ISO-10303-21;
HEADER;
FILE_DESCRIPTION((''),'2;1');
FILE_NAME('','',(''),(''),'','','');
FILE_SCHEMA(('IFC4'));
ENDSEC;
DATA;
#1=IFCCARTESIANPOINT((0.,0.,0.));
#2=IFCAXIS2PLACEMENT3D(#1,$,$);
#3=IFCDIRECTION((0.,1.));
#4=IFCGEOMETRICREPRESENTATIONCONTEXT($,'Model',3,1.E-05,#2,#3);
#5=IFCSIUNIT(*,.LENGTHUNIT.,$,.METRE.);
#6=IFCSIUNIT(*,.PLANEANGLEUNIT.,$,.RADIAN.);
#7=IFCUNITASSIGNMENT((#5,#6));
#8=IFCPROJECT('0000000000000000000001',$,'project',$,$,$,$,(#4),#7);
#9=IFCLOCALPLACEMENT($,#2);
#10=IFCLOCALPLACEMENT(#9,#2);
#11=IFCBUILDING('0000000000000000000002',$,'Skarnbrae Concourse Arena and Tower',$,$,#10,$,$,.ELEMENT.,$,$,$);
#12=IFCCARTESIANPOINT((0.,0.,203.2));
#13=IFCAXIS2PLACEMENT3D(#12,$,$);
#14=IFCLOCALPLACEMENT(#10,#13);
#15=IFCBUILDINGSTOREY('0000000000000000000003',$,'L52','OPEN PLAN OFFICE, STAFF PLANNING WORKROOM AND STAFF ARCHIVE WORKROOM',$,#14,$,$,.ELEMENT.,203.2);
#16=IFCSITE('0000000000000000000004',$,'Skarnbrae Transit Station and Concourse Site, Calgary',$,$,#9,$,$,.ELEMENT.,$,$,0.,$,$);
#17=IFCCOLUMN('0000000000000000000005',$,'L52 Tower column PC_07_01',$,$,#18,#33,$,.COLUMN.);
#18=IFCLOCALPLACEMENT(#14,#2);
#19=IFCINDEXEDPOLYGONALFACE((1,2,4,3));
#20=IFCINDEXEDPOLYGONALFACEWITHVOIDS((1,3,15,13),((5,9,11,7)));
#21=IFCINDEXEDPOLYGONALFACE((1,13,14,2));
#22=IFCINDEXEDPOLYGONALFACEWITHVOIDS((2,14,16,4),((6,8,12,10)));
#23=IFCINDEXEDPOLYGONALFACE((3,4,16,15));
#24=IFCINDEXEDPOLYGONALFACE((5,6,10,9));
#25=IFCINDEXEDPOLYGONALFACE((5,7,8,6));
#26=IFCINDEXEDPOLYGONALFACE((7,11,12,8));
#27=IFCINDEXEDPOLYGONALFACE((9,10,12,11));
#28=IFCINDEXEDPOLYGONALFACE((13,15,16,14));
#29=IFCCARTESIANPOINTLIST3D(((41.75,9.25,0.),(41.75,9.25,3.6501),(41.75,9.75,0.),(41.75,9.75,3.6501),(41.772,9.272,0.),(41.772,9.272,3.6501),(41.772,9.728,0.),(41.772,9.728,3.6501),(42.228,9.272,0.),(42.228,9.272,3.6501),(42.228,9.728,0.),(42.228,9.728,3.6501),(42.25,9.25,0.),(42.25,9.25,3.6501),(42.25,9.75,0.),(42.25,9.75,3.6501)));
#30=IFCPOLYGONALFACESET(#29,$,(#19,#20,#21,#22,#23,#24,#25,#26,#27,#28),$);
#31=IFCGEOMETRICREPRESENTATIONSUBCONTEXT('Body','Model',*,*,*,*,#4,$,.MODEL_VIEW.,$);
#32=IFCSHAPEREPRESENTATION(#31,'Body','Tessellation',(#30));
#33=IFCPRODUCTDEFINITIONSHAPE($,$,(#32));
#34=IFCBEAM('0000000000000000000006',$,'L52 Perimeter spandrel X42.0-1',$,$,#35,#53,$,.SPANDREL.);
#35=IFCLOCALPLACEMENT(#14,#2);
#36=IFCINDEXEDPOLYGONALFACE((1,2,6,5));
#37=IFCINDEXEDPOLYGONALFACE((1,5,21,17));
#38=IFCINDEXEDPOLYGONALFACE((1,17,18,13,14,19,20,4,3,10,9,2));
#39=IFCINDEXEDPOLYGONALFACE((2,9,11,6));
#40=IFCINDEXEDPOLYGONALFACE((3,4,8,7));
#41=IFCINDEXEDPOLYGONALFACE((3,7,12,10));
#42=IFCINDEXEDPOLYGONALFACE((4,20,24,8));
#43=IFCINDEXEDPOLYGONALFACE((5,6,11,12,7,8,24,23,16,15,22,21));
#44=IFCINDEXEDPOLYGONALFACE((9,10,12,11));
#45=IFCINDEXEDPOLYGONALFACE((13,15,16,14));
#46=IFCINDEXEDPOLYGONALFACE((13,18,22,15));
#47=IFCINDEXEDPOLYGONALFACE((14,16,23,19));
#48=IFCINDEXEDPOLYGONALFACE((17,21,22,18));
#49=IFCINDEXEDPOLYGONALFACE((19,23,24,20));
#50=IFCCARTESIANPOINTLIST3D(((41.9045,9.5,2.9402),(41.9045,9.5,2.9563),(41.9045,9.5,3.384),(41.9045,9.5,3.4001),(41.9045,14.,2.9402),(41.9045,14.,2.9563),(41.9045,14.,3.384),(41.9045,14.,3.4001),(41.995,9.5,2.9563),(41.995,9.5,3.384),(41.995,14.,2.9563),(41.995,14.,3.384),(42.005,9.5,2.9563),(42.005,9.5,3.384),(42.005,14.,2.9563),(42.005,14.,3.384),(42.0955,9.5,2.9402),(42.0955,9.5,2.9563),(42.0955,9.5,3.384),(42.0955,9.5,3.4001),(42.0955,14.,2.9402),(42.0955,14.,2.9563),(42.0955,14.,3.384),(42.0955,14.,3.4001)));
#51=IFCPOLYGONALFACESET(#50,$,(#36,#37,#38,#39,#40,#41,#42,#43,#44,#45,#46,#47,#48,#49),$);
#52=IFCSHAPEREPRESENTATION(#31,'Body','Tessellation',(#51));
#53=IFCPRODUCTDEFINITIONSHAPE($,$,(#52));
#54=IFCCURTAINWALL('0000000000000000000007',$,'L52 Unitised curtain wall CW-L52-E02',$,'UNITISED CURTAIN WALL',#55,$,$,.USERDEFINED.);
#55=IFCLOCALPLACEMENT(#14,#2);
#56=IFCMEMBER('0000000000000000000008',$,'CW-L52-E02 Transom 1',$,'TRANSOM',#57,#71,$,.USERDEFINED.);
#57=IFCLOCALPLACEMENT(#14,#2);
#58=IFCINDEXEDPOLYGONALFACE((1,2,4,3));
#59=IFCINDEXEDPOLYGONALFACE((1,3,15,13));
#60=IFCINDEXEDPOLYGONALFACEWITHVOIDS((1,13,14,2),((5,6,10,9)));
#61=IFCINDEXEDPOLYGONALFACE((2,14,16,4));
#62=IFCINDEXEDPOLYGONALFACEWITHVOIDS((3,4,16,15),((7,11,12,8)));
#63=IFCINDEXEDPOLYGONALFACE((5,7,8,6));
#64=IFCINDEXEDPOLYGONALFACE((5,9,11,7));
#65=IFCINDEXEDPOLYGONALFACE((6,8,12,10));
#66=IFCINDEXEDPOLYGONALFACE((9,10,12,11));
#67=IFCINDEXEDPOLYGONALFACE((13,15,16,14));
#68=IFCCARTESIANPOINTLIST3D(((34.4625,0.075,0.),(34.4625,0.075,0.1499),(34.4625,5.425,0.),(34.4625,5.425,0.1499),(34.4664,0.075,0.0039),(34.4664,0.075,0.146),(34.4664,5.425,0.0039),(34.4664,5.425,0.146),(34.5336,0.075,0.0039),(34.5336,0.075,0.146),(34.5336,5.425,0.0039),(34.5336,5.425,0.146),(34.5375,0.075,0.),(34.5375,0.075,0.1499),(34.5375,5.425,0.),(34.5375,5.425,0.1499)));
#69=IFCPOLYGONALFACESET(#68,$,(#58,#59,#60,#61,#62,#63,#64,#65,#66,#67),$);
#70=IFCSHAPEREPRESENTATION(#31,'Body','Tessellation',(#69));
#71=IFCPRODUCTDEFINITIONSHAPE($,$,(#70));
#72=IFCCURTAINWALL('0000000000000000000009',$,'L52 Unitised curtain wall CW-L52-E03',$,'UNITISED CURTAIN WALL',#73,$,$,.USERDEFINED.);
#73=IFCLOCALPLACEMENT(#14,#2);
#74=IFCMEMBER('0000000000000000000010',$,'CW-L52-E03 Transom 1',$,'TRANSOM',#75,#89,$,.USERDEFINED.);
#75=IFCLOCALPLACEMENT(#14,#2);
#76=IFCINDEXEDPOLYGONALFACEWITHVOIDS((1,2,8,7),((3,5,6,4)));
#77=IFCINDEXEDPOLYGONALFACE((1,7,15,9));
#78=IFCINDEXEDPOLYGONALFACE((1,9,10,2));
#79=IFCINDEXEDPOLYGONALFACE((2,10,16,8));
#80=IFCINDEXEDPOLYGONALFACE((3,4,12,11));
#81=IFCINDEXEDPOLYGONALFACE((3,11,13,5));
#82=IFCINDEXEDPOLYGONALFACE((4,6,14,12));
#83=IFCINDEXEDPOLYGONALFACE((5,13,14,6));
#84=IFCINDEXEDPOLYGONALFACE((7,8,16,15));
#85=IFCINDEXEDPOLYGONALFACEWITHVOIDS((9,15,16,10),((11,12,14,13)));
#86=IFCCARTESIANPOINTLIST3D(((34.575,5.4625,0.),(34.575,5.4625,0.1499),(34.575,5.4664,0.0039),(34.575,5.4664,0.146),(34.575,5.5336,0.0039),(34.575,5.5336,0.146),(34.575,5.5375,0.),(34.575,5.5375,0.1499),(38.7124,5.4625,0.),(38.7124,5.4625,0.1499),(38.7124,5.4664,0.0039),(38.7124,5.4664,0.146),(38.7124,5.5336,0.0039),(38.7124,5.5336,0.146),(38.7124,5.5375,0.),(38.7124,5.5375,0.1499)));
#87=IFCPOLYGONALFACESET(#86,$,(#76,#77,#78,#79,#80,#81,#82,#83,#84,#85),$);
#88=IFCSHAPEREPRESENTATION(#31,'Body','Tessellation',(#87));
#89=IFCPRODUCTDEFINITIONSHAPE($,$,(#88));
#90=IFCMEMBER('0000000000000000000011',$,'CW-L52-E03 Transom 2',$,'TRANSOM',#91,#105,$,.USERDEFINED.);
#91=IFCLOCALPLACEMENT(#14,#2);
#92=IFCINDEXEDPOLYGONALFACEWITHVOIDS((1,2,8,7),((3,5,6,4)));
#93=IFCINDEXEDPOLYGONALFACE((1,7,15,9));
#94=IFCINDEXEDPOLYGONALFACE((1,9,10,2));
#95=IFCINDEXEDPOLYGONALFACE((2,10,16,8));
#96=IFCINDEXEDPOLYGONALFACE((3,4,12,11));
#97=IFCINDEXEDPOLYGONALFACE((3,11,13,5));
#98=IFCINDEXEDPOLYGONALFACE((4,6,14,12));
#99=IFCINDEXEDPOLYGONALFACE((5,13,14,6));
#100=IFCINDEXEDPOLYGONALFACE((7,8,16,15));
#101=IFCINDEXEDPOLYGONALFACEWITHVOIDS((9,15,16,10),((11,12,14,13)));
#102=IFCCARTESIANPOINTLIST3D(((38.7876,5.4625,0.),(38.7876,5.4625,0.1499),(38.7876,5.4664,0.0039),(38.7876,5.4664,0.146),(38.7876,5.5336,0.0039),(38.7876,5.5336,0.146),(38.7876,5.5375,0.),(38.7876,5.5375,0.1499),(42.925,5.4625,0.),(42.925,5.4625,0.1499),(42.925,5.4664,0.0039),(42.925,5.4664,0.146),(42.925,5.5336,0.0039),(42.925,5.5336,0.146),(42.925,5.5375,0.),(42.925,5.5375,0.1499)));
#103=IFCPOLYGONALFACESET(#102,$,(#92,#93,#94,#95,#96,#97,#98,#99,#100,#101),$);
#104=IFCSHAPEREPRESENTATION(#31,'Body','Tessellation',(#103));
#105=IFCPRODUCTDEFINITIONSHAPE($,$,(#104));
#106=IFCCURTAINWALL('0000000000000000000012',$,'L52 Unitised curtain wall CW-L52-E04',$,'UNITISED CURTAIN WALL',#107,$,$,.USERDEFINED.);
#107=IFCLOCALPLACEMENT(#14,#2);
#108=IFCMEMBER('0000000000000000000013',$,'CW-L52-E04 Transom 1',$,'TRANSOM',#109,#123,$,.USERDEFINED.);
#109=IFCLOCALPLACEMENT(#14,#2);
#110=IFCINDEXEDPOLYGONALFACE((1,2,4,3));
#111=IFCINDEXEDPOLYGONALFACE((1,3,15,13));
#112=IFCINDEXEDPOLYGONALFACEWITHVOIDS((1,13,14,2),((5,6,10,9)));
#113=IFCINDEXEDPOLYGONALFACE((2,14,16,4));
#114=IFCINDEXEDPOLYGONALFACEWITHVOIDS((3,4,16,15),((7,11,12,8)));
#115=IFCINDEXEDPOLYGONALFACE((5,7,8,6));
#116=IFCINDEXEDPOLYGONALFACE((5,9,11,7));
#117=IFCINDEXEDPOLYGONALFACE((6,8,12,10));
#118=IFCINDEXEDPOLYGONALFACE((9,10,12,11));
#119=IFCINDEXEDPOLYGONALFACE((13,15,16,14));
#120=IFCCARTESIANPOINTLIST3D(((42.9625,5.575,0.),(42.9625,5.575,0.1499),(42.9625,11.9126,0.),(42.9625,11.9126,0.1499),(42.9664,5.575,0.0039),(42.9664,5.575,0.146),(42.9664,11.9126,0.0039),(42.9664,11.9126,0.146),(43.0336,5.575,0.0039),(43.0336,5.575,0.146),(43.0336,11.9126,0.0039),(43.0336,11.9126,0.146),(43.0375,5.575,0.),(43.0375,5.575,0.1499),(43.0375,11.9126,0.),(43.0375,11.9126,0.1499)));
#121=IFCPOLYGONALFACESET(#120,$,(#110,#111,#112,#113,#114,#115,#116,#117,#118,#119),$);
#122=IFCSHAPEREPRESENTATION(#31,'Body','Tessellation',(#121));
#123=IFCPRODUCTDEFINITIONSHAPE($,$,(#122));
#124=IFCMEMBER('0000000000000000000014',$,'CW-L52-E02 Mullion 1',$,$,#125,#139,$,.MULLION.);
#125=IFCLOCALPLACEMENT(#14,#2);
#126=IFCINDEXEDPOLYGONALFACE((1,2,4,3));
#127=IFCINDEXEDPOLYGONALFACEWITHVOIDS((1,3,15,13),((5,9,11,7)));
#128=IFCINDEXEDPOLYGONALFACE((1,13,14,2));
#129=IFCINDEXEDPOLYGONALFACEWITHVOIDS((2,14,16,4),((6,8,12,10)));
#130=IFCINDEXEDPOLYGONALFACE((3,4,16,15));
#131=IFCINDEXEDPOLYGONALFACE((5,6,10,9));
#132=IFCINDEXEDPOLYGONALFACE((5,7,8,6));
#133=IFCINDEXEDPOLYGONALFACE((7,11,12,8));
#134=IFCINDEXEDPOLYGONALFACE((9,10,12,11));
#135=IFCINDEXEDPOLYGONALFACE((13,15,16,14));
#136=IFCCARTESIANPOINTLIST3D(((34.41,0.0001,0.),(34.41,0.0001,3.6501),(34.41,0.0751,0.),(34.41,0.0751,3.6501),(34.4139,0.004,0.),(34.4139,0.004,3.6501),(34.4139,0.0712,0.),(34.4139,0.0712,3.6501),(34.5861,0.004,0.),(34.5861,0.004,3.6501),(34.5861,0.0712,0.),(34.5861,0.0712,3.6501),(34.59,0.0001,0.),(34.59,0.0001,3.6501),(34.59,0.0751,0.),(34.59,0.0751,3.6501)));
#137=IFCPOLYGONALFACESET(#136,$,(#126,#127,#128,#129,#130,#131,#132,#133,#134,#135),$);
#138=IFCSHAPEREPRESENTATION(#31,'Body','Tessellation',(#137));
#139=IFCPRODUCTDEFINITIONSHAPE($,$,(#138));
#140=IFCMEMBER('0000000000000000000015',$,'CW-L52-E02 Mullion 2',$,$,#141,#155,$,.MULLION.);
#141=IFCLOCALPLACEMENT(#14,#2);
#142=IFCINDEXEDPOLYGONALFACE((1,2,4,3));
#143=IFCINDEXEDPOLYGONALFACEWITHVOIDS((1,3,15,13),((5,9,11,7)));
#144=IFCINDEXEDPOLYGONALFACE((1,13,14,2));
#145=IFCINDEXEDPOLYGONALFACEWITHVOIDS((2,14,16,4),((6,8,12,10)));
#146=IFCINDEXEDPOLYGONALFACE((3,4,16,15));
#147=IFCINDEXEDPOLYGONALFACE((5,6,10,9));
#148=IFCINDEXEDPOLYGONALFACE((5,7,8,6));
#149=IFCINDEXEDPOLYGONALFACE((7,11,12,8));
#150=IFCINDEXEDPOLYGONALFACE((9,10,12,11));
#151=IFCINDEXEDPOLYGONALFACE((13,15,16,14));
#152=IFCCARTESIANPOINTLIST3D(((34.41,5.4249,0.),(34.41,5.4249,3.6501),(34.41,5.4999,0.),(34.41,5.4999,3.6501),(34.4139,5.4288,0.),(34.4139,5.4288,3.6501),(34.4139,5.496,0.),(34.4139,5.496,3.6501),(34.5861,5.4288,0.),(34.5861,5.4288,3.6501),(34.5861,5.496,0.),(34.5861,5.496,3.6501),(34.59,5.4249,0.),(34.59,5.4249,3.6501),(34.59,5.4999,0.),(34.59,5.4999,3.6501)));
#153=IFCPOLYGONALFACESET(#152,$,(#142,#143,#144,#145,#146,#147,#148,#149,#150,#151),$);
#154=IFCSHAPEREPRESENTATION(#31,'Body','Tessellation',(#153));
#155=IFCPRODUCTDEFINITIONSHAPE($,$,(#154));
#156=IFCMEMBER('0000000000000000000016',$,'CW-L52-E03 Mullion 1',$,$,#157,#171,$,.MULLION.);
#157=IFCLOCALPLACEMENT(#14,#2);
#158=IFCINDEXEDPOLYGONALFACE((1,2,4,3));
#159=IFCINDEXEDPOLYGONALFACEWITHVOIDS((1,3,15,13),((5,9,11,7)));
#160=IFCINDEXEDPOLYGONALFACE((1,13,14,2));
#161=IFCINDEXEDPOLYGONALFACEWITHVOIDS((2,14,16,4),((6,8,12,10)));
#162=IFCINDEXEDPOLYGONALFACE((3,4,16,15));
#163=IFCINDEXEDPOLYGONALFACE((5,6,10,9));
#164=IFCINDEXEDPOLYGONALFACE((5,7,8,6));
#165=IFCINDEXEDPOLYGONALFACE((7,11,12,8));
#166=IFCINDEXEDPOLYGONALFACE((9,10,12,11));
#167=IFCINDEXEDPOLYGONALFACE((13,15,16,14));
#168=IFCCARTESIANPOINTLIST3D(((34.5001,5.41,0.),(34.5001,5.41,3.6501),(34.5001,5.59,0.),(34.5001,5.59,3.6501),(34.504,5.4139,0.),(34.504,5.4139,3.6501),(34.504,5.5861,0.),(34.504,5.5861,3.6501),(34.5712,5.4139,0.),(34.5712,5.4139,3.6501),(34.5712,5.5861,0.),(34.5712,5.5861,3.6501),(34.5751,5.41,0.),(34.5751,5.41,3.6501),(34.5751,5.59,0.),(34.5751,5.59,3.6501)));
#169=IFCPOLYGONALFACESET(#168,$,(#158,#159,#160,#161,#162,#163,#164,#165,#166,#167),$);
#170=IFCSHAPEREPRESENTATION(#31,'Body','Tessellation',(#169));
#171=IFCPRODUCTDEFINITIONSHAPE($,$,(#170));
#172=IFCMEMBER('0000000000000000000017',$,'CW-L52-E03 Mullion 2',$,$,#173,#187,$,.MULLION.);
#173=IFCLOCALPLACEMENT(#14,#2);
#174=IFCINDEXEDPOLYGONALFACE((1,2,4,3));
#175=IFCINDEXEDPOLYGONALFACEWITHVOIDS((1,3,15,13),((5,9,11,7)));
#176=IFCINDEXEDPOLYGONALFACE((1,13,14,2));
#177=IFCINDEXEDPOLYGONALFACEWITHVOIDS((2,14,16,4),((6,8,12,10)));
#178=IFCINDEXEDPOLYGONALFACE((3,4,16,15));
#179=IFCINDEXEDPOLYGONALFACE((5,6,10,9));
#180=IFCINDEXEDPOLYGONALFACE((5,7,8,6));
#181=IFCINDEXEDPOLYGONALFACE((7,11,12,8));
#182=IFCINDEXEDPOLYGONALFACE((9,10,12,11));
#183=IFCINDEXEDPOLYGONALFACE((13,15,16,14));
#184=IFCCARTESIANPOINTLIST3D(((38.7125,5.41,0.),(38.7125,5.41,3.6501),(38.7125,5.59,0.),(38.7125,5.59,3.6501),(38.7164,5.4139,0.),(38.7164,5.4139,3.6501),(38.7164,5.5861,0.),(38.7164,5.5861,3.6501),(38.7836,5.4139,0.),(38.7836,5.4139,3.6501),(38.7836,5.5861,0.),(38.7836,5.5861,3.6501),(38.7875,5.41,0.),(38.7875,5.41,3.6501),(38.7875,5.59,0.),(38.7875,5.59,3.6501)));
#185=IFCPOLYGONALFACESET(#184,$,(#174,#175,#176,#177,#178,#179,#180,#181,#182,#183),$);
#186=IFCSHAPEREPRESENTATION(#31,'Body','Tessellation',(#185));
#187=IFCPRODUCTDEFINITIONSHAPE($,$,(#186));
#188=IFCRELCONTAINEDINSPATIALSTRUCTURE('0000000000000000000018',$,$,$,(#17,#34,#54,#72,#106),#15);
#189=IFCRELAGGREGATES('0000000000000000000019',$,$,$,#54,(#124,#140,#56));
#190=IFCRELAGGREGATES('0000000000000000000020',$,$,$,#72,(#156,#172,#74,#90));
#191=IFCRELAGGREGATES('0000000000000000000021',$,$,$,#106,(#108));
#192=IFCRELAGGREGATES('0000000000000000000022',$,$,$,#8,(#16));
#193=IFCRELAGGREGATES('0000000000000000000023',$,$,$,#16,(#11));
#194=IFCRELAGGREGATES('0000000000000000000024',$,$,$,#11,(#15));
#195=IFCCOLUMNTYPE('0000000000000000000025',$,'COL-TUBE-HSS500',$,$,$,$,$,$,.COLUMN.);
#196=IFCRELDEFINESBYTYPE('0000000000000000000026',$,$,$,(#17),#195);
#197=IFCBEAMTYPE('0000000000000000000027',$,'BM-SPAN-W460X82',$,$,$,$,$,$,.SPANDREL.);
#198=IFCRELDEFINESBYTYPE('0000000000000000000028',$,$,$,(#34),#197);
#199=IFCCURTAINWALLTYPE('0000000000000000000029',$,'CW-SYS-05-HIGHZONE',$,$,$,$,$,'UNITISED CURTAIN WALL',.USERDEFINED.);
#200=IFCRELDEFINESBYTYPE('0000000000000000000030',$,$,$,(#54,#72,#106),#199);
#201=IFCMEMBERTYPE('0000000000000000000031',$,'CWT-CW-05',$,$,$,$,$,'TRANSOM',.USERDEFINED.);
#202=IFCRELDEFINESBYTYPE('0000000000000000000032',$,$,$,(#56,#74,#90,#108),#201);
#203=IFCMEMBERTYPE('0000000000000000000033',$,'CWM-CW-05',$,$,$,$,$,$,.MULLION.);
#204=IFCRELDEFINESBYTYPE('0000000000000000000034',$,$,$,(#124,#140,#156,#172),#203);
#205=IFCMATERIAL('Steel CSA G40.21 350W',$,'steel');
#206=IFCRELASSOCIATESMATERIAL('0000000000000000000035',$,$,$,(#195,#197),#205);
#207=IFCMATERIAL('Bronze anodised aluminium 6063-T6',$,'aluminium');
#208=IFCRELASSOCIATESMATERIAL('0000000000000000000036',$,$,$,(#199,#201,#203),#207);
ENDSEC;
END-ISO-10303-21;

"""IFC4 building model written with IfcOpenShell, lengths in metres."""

from ifc_helpers import new_model, si_unit, direction, frame, origin, origin_2d, place, context, subcontext, project, spatial, hollow_rectangle, i_section, extrude, source, transform, mapped, material, material_profile, profile_set, type_object, element, aggregate, save


model = new_model("IFC4")

# Units and contexts
model_context = context("Model", 3, precision=1e-05, world=origin(), true_north=direction((0.0, 1.0)))
body_context = subcontext(model_context, "Body", "Model", "MODEL_VIEW")
ifc_project = project(units=[si_unit("LENGTHUNIT", "METRE"), si_unit("PLANEANGLEUNIT", "RADIAN")], contexts=[model_context])

# Site, building, storey
site_placement = place(None, origin())
site = spatial("IfcSite", under=ifc_project, at=site_placement, Name="Skarnbrae Transit Station and Concourse Site, Calgary", CompositionType="ELEMENT", RefElevation=0.0)
building_placement = place(site_placement, origin())
building = spatial("IfcBuilding", under=site, at=building_placement, Name="Skarnbrae Concourse Arena and Tower", CompositionType="ELEMENT")
storey_placement = place(building_placement, frame((0.0, 0.0, 203.2)))
storey = spatial("IfcBuildingStorey", under=building, at=storey_placement, Name="L52", Description="OPEN PLAN OFFICE, STAFF PLANNING WORKROOM AND STAFF ARCHIVE WORKROOM", CompositionType="ELEMENT", Elevation=203.2)

# Column
ifc_material_1 = material(Name="Steel CSA G40.21 350W", Category="steel")
ifc_material_profile_1 = material_profile(ifc_material_1, hollow_rectangle(XDim=0.5, YDim=0.5, WallThickness=0.022, at=origin_2d()), Name="HSS500X500X22.0")
ifc_profile_set_1 = profile_set([ifc_material_profile_1], Name="Steel CSA G40.21 350W")
column_type = type_object("IfcColumnType", Name="COL-TUBE-HSS500", PredefinedType="COLUMN", material=ifc_profile_set_1)
shared_shape_1 = source(origin(), body_context, "Body", "SweptSolid", [
    extrude(hollow_rectangle(XDim=0.5, YDim=0.5, WallThickness=0.022, at=origin_2d()), origin(), (0.0, 0.0, 1.0), 3.6501),
])
column_placement = place(storey_placement, frame((42.0, 9.5, 0.0), z_axis=(0.0, 0.0, 1.0), x_axis=(1.0, 0.0, 0.0)))
element("IfcColumn", 1, at=column_placement, inside=storey, type_object=column_type, Name="L52 Tower column PC_07_01", PredefinedType="COLUMN", context=body_context, shape_type="MappedRepresentation", body=[
    mapped(shared_shape_1, transform((0.0, 0.0, 0.0))),
])

# Beam
ifc_material_profile_2 = material_profile(ifc_material_1, i_section(OverallWidth=0.1909, OverallDepth=0.46, WebThickness=0.01, FlangeThickness=0.0161, at=origin_2d()), Name="W460X82")
ifc_profile_set_2 = profile_set([ifc_material_profile_2], Name="Steel CSA G40.21 350W")
beam_type = type_object("IfcBeamType", Name="BM-SPAN-W460X82", PredefinedType="SPANDREL", material=ifc_profile_set_2)
shared_shape_2 = source(origin(), body_context, "Body", "SweptSolid", [
    extrude(i_section(OverallWidth=0.1909, OverallDepth=0.46, WebThickness=0.01, FlangeThickness=0.0161, at=origin_2d()), origin(), (0.0, 0.0, 1.0), 4.5),
])
beam_placement = place(storey_placement, frame((42.0, 9.5, 3.1702), z_axis=(0.0, 1.0, 0.0), x_axis=(-1.0, 0.0, 0.0)))
element("IfcBeam", 2, at=beam_placement, inside=storey, type_object=beam_type, Name="L52 Perimeter spandrel X42.0-1", PredefinedType="SPANDREL", context=body_context, shape_type="MappedRepresentation", body=[
    mapped(shared_shape_2, transform((0.0, 0.0, 0.0))),
])

# Curtain wall, member
ifc_material_2 = material(Name="Bronze anodised aluminium 6063-T6", Category="aluminium")
curtain_wall_type = type_object("IfcCurtainWallType", Name="CW-SYS-05-HIGHZONE", ElementType="UNITISED CURTAIN WALL", PredefinedType="USERDEFINED", material=ifc_material_2)
curtain_wall_1_placement = place(storey_placement, origin())
curtain_wall_1 = element("IfcCurtainWall", 3, at=curtain_wall_1_placement, inside=storey, type_object=curtain_wall_type, Name="L52 Unitised curtain wall CW-L52-E02", ObjectType="UNITISED CURTAIN WALL", PredefinedType="USERDEFINED")
ifc_material_profile_3 = material_profile(ifc_material_2, hollow_rectangle(XDim=0.075, YDim=0.1499, WallThickness=0.0039, at=origin_2d()), Name="ALU-TRAN-75X150")
ifc_profile_set_3 = profile_set([ifc_material_profile_3], Name="Bronze anodised aluminium 6063-T6")
member_type_1 = type_object("IfcMemberType", Name="CWT-CW-05", ElementType="TRANSOM", PredefinedType="USERDEFINED", material=ifc_profile_set_3)
shared_shape_3 = source(origin(), body_context, "Body", "SweptSolid", [
    extrude(hollow_rectangle(XDim=0.075, YDim=0.1499, WallThickness=0.0039, at=origin_2d()), origin(), (0.0, 0.0, 1.0), 5.3501),
])
member_1_placement = place(storey_placement, frame((34.5, 0.075, 0.075), z_axis=(0.0, 1.0, 0.0), x_axis=(-1.0, 0.0, 0.0)))
member_1 = element("IfcMember", 4, at=member_1_placement, type_object=member_type_1, Name="CW-L52-E02 Transom 1", ObjectType="TRANSOM", PredefinedType="USERDEFINED", context=body_context, shape_type="MappedRepresentation", body=[
    mapped(shared_shape_3, transform((0.0, 0.0, 0.0))),
])

# Curtain wall, members
curtain_wall_2_placement = place(storey_placement, origin())
curtain_wall_2 = element("IfcCurtainWall", 5, at=curtain_wall_2_placement, inside=storey, type_object=curtain_wall_type, Name="L52 Unitised curtain wall CW-L52-E03", ObjectType="UNITISED CURTAIN WALL", PredefinedType="USERDEFINED")
shared_shape_4 = source(origin(), body_context, "Body", "SweptSolid", [
    extrude(hollow_rectangle(XDim=0.075, YDim=0.1499, WallThickness=0.0039, at=origin_2d()), origin(), (0.0, 0.0, 1.0), 4.1375),
])
member_2_placement = place(storey_placement, frame((34.575, 5.5, 0.075), z_axis=(1.0, 0.0, 0.0), x_axis=(0.0, 1.0, 0.0)))
member_2 = element("IfcMember", 6, at=member_2_placement, type_object=member_type_1, Name="CW-L52-E03 Transom 1", ObjectType="TRANSOM", PredefinedType="USERDEFINED", context=body_context, shape_type="MappedRepresentation", body=[
    mapped(shared_shape_4, transform((0.0, 0.0, 0.0))),
])
member_3_placement = place(storey_placement, frame((38.7876, 5.5, 0.075), z_axis=(1.0, 0.0, 0.0), x_axis=(0.0, 1.0, 0.0)))
member_3 = element("IfcMember", 7, at=member_3_placement, type_object=member_type_1, Name="CW-L52-E03 Transom 2", ObjectType="TRANSOM", PredefinedType="USERDEFINED", context=body_context, shape_type="MappedRepresentation", body=[
    mapped(shared_shape_4, transform((0.0, 0.0, 0.0))),
])

# Curtain wall, member
curtain_wall_3_placement = place(storey_placement, origin())
curtain_wall_3 = element("IfcCurtainWall", 8, at=curtain_wall_3_placement, inside=storey, type_object=curtain_wall_type, Name="L52 Unitised curtain wall CW-L52-E04", ObjectType="UNITISED CURTAIN WALL", PredefinedType="USERDEFINED")
shared_shape_5 = source(origin(), body_context, "Body", "SweptSolid", [
    extrude(hollow_rectangle(XDim=0.075, YDim=0.1499, WallThickness=0.0039, at=origin_2d()), origin(), (0.0, 0.0, 1.0), 6.3376),
])
member_4_placement = place(storey_placement, frame((43.0, 5.575, 0.075), z_axis=(0.0, 1.0, 0.0), x_axis=(-1.0, 0.0, 0.0)))
member_4 = element("IfcMember", 9, at=member_4_placement, type_object=member_type_1, Name="CW-L52-E04 Transom 1", ObjectType="TRANSOM", PredefinedType="USERDEFINED", context=body_context, shape_type="MappedRepresentation", body=[
    mapped(shared_shape_5, transform((0.0, 0.0, 0.0))),
])

# Members
ifc_material_profile_4 = material_profile(ifc_material_2, hollow_rectangle(XDim=0.075, YDim=0.1799, WallThickness=0.0039, at=origin_2d()), Name="ALU-MULL-75X180")
ifc_profile_set_4 = profile_set([ifc_material_profile_4], Name="Bronze anodised aluminium 6063-T6")
member_type_2 = type_object("IfcMemberType", Name="CWM-CW-05", PredefinedType="MULLION", material=ifc_profile_set_4)
shared_shape_6 = source(origin(), body_context, "Body", "SweptSolid", [
    extrude(hollow_rectangle(XDim=0.075, YDim=0.1799, WallThickness=0.0039, at=origin_2d()), origin(), (0.0, 0.0, 1.0), 3.6501),
])
member_5_placement = place(storey_placement, frame((34.5, 0.0376, 0.0), z_axis=(0.0, 0.0, 1.0), x_axis=(0.0, 1.0, 0.0)))
member_5 = element("IfcMember", 10, at=member_5_placement, type_object=member_type_2, Name="CW-L52-E02 Mullion 1", PredefinedType="MULLION", context=body_context, shape_type="MappedRepresentation", body=[
    mapped(shared_shape_6, transform((0.0, 0.0, 0.0))),
])
member_6_placement = place(storey_placement, frame((34.5, 5.4624, 0.0), z_axis=(0.0, 0.0, 1.0), x_axis=(0.0, 1.0, 0.0)))
member_6 = element("IfcMember", 11, at=member_6_placement, type_object=member_type_2, Name="CW-L52-E02 Mullion 2", PredefinedType="MULLION", context=body_context, shape_type="MappedRepresentation", body=[
    mapped(shared_shape_6, transform((0.0, 0.0, 0.0))),
])
member_7_placement = place(storey_placement, frame((34.5376, 5.5, 0.0), z_axis=(0.0, 0.0, 1.0), x_axis=(1.0, 0.0, 0.0)))
member_7 = element("IfcMember", 12, at=member_7_placement, type_object=member_type_2, Name="CW-L52-E03 Mullion 1", PredefinedType="MULLION", context=body_context, shape_type="MappedRepresentation", body=[
    mapped(shared_shape_6, transform((0.0, 0.0, 0.0))),
])
member_8_placement = place(storey_placement, frame((38.75, 5.5, 0.0), z_axis=(0.0, 0.0, 1.0), x_axis=(1.0, 0.0, 0.0)))
member_8 = element("IfcMember", 13, at=member_8_placement, type_object=member_type_2, Name="CW-L52-E03 Mullion 2", PredefinedType="MULLION", context=body_context, shape_type="MappedRepresentation", body=[
    mapped(shared_shape_6, transform((0.0, 0.0, 0.0))),
])

aggregate(curtain_wall_1, [member_5, member_6, member_1])
aggregate(curtain_wall_2, [member_7, member_8, member_2, member_3])
aggregate(curtain_wall_3, [member_4])

save(model, "model.ifc")
